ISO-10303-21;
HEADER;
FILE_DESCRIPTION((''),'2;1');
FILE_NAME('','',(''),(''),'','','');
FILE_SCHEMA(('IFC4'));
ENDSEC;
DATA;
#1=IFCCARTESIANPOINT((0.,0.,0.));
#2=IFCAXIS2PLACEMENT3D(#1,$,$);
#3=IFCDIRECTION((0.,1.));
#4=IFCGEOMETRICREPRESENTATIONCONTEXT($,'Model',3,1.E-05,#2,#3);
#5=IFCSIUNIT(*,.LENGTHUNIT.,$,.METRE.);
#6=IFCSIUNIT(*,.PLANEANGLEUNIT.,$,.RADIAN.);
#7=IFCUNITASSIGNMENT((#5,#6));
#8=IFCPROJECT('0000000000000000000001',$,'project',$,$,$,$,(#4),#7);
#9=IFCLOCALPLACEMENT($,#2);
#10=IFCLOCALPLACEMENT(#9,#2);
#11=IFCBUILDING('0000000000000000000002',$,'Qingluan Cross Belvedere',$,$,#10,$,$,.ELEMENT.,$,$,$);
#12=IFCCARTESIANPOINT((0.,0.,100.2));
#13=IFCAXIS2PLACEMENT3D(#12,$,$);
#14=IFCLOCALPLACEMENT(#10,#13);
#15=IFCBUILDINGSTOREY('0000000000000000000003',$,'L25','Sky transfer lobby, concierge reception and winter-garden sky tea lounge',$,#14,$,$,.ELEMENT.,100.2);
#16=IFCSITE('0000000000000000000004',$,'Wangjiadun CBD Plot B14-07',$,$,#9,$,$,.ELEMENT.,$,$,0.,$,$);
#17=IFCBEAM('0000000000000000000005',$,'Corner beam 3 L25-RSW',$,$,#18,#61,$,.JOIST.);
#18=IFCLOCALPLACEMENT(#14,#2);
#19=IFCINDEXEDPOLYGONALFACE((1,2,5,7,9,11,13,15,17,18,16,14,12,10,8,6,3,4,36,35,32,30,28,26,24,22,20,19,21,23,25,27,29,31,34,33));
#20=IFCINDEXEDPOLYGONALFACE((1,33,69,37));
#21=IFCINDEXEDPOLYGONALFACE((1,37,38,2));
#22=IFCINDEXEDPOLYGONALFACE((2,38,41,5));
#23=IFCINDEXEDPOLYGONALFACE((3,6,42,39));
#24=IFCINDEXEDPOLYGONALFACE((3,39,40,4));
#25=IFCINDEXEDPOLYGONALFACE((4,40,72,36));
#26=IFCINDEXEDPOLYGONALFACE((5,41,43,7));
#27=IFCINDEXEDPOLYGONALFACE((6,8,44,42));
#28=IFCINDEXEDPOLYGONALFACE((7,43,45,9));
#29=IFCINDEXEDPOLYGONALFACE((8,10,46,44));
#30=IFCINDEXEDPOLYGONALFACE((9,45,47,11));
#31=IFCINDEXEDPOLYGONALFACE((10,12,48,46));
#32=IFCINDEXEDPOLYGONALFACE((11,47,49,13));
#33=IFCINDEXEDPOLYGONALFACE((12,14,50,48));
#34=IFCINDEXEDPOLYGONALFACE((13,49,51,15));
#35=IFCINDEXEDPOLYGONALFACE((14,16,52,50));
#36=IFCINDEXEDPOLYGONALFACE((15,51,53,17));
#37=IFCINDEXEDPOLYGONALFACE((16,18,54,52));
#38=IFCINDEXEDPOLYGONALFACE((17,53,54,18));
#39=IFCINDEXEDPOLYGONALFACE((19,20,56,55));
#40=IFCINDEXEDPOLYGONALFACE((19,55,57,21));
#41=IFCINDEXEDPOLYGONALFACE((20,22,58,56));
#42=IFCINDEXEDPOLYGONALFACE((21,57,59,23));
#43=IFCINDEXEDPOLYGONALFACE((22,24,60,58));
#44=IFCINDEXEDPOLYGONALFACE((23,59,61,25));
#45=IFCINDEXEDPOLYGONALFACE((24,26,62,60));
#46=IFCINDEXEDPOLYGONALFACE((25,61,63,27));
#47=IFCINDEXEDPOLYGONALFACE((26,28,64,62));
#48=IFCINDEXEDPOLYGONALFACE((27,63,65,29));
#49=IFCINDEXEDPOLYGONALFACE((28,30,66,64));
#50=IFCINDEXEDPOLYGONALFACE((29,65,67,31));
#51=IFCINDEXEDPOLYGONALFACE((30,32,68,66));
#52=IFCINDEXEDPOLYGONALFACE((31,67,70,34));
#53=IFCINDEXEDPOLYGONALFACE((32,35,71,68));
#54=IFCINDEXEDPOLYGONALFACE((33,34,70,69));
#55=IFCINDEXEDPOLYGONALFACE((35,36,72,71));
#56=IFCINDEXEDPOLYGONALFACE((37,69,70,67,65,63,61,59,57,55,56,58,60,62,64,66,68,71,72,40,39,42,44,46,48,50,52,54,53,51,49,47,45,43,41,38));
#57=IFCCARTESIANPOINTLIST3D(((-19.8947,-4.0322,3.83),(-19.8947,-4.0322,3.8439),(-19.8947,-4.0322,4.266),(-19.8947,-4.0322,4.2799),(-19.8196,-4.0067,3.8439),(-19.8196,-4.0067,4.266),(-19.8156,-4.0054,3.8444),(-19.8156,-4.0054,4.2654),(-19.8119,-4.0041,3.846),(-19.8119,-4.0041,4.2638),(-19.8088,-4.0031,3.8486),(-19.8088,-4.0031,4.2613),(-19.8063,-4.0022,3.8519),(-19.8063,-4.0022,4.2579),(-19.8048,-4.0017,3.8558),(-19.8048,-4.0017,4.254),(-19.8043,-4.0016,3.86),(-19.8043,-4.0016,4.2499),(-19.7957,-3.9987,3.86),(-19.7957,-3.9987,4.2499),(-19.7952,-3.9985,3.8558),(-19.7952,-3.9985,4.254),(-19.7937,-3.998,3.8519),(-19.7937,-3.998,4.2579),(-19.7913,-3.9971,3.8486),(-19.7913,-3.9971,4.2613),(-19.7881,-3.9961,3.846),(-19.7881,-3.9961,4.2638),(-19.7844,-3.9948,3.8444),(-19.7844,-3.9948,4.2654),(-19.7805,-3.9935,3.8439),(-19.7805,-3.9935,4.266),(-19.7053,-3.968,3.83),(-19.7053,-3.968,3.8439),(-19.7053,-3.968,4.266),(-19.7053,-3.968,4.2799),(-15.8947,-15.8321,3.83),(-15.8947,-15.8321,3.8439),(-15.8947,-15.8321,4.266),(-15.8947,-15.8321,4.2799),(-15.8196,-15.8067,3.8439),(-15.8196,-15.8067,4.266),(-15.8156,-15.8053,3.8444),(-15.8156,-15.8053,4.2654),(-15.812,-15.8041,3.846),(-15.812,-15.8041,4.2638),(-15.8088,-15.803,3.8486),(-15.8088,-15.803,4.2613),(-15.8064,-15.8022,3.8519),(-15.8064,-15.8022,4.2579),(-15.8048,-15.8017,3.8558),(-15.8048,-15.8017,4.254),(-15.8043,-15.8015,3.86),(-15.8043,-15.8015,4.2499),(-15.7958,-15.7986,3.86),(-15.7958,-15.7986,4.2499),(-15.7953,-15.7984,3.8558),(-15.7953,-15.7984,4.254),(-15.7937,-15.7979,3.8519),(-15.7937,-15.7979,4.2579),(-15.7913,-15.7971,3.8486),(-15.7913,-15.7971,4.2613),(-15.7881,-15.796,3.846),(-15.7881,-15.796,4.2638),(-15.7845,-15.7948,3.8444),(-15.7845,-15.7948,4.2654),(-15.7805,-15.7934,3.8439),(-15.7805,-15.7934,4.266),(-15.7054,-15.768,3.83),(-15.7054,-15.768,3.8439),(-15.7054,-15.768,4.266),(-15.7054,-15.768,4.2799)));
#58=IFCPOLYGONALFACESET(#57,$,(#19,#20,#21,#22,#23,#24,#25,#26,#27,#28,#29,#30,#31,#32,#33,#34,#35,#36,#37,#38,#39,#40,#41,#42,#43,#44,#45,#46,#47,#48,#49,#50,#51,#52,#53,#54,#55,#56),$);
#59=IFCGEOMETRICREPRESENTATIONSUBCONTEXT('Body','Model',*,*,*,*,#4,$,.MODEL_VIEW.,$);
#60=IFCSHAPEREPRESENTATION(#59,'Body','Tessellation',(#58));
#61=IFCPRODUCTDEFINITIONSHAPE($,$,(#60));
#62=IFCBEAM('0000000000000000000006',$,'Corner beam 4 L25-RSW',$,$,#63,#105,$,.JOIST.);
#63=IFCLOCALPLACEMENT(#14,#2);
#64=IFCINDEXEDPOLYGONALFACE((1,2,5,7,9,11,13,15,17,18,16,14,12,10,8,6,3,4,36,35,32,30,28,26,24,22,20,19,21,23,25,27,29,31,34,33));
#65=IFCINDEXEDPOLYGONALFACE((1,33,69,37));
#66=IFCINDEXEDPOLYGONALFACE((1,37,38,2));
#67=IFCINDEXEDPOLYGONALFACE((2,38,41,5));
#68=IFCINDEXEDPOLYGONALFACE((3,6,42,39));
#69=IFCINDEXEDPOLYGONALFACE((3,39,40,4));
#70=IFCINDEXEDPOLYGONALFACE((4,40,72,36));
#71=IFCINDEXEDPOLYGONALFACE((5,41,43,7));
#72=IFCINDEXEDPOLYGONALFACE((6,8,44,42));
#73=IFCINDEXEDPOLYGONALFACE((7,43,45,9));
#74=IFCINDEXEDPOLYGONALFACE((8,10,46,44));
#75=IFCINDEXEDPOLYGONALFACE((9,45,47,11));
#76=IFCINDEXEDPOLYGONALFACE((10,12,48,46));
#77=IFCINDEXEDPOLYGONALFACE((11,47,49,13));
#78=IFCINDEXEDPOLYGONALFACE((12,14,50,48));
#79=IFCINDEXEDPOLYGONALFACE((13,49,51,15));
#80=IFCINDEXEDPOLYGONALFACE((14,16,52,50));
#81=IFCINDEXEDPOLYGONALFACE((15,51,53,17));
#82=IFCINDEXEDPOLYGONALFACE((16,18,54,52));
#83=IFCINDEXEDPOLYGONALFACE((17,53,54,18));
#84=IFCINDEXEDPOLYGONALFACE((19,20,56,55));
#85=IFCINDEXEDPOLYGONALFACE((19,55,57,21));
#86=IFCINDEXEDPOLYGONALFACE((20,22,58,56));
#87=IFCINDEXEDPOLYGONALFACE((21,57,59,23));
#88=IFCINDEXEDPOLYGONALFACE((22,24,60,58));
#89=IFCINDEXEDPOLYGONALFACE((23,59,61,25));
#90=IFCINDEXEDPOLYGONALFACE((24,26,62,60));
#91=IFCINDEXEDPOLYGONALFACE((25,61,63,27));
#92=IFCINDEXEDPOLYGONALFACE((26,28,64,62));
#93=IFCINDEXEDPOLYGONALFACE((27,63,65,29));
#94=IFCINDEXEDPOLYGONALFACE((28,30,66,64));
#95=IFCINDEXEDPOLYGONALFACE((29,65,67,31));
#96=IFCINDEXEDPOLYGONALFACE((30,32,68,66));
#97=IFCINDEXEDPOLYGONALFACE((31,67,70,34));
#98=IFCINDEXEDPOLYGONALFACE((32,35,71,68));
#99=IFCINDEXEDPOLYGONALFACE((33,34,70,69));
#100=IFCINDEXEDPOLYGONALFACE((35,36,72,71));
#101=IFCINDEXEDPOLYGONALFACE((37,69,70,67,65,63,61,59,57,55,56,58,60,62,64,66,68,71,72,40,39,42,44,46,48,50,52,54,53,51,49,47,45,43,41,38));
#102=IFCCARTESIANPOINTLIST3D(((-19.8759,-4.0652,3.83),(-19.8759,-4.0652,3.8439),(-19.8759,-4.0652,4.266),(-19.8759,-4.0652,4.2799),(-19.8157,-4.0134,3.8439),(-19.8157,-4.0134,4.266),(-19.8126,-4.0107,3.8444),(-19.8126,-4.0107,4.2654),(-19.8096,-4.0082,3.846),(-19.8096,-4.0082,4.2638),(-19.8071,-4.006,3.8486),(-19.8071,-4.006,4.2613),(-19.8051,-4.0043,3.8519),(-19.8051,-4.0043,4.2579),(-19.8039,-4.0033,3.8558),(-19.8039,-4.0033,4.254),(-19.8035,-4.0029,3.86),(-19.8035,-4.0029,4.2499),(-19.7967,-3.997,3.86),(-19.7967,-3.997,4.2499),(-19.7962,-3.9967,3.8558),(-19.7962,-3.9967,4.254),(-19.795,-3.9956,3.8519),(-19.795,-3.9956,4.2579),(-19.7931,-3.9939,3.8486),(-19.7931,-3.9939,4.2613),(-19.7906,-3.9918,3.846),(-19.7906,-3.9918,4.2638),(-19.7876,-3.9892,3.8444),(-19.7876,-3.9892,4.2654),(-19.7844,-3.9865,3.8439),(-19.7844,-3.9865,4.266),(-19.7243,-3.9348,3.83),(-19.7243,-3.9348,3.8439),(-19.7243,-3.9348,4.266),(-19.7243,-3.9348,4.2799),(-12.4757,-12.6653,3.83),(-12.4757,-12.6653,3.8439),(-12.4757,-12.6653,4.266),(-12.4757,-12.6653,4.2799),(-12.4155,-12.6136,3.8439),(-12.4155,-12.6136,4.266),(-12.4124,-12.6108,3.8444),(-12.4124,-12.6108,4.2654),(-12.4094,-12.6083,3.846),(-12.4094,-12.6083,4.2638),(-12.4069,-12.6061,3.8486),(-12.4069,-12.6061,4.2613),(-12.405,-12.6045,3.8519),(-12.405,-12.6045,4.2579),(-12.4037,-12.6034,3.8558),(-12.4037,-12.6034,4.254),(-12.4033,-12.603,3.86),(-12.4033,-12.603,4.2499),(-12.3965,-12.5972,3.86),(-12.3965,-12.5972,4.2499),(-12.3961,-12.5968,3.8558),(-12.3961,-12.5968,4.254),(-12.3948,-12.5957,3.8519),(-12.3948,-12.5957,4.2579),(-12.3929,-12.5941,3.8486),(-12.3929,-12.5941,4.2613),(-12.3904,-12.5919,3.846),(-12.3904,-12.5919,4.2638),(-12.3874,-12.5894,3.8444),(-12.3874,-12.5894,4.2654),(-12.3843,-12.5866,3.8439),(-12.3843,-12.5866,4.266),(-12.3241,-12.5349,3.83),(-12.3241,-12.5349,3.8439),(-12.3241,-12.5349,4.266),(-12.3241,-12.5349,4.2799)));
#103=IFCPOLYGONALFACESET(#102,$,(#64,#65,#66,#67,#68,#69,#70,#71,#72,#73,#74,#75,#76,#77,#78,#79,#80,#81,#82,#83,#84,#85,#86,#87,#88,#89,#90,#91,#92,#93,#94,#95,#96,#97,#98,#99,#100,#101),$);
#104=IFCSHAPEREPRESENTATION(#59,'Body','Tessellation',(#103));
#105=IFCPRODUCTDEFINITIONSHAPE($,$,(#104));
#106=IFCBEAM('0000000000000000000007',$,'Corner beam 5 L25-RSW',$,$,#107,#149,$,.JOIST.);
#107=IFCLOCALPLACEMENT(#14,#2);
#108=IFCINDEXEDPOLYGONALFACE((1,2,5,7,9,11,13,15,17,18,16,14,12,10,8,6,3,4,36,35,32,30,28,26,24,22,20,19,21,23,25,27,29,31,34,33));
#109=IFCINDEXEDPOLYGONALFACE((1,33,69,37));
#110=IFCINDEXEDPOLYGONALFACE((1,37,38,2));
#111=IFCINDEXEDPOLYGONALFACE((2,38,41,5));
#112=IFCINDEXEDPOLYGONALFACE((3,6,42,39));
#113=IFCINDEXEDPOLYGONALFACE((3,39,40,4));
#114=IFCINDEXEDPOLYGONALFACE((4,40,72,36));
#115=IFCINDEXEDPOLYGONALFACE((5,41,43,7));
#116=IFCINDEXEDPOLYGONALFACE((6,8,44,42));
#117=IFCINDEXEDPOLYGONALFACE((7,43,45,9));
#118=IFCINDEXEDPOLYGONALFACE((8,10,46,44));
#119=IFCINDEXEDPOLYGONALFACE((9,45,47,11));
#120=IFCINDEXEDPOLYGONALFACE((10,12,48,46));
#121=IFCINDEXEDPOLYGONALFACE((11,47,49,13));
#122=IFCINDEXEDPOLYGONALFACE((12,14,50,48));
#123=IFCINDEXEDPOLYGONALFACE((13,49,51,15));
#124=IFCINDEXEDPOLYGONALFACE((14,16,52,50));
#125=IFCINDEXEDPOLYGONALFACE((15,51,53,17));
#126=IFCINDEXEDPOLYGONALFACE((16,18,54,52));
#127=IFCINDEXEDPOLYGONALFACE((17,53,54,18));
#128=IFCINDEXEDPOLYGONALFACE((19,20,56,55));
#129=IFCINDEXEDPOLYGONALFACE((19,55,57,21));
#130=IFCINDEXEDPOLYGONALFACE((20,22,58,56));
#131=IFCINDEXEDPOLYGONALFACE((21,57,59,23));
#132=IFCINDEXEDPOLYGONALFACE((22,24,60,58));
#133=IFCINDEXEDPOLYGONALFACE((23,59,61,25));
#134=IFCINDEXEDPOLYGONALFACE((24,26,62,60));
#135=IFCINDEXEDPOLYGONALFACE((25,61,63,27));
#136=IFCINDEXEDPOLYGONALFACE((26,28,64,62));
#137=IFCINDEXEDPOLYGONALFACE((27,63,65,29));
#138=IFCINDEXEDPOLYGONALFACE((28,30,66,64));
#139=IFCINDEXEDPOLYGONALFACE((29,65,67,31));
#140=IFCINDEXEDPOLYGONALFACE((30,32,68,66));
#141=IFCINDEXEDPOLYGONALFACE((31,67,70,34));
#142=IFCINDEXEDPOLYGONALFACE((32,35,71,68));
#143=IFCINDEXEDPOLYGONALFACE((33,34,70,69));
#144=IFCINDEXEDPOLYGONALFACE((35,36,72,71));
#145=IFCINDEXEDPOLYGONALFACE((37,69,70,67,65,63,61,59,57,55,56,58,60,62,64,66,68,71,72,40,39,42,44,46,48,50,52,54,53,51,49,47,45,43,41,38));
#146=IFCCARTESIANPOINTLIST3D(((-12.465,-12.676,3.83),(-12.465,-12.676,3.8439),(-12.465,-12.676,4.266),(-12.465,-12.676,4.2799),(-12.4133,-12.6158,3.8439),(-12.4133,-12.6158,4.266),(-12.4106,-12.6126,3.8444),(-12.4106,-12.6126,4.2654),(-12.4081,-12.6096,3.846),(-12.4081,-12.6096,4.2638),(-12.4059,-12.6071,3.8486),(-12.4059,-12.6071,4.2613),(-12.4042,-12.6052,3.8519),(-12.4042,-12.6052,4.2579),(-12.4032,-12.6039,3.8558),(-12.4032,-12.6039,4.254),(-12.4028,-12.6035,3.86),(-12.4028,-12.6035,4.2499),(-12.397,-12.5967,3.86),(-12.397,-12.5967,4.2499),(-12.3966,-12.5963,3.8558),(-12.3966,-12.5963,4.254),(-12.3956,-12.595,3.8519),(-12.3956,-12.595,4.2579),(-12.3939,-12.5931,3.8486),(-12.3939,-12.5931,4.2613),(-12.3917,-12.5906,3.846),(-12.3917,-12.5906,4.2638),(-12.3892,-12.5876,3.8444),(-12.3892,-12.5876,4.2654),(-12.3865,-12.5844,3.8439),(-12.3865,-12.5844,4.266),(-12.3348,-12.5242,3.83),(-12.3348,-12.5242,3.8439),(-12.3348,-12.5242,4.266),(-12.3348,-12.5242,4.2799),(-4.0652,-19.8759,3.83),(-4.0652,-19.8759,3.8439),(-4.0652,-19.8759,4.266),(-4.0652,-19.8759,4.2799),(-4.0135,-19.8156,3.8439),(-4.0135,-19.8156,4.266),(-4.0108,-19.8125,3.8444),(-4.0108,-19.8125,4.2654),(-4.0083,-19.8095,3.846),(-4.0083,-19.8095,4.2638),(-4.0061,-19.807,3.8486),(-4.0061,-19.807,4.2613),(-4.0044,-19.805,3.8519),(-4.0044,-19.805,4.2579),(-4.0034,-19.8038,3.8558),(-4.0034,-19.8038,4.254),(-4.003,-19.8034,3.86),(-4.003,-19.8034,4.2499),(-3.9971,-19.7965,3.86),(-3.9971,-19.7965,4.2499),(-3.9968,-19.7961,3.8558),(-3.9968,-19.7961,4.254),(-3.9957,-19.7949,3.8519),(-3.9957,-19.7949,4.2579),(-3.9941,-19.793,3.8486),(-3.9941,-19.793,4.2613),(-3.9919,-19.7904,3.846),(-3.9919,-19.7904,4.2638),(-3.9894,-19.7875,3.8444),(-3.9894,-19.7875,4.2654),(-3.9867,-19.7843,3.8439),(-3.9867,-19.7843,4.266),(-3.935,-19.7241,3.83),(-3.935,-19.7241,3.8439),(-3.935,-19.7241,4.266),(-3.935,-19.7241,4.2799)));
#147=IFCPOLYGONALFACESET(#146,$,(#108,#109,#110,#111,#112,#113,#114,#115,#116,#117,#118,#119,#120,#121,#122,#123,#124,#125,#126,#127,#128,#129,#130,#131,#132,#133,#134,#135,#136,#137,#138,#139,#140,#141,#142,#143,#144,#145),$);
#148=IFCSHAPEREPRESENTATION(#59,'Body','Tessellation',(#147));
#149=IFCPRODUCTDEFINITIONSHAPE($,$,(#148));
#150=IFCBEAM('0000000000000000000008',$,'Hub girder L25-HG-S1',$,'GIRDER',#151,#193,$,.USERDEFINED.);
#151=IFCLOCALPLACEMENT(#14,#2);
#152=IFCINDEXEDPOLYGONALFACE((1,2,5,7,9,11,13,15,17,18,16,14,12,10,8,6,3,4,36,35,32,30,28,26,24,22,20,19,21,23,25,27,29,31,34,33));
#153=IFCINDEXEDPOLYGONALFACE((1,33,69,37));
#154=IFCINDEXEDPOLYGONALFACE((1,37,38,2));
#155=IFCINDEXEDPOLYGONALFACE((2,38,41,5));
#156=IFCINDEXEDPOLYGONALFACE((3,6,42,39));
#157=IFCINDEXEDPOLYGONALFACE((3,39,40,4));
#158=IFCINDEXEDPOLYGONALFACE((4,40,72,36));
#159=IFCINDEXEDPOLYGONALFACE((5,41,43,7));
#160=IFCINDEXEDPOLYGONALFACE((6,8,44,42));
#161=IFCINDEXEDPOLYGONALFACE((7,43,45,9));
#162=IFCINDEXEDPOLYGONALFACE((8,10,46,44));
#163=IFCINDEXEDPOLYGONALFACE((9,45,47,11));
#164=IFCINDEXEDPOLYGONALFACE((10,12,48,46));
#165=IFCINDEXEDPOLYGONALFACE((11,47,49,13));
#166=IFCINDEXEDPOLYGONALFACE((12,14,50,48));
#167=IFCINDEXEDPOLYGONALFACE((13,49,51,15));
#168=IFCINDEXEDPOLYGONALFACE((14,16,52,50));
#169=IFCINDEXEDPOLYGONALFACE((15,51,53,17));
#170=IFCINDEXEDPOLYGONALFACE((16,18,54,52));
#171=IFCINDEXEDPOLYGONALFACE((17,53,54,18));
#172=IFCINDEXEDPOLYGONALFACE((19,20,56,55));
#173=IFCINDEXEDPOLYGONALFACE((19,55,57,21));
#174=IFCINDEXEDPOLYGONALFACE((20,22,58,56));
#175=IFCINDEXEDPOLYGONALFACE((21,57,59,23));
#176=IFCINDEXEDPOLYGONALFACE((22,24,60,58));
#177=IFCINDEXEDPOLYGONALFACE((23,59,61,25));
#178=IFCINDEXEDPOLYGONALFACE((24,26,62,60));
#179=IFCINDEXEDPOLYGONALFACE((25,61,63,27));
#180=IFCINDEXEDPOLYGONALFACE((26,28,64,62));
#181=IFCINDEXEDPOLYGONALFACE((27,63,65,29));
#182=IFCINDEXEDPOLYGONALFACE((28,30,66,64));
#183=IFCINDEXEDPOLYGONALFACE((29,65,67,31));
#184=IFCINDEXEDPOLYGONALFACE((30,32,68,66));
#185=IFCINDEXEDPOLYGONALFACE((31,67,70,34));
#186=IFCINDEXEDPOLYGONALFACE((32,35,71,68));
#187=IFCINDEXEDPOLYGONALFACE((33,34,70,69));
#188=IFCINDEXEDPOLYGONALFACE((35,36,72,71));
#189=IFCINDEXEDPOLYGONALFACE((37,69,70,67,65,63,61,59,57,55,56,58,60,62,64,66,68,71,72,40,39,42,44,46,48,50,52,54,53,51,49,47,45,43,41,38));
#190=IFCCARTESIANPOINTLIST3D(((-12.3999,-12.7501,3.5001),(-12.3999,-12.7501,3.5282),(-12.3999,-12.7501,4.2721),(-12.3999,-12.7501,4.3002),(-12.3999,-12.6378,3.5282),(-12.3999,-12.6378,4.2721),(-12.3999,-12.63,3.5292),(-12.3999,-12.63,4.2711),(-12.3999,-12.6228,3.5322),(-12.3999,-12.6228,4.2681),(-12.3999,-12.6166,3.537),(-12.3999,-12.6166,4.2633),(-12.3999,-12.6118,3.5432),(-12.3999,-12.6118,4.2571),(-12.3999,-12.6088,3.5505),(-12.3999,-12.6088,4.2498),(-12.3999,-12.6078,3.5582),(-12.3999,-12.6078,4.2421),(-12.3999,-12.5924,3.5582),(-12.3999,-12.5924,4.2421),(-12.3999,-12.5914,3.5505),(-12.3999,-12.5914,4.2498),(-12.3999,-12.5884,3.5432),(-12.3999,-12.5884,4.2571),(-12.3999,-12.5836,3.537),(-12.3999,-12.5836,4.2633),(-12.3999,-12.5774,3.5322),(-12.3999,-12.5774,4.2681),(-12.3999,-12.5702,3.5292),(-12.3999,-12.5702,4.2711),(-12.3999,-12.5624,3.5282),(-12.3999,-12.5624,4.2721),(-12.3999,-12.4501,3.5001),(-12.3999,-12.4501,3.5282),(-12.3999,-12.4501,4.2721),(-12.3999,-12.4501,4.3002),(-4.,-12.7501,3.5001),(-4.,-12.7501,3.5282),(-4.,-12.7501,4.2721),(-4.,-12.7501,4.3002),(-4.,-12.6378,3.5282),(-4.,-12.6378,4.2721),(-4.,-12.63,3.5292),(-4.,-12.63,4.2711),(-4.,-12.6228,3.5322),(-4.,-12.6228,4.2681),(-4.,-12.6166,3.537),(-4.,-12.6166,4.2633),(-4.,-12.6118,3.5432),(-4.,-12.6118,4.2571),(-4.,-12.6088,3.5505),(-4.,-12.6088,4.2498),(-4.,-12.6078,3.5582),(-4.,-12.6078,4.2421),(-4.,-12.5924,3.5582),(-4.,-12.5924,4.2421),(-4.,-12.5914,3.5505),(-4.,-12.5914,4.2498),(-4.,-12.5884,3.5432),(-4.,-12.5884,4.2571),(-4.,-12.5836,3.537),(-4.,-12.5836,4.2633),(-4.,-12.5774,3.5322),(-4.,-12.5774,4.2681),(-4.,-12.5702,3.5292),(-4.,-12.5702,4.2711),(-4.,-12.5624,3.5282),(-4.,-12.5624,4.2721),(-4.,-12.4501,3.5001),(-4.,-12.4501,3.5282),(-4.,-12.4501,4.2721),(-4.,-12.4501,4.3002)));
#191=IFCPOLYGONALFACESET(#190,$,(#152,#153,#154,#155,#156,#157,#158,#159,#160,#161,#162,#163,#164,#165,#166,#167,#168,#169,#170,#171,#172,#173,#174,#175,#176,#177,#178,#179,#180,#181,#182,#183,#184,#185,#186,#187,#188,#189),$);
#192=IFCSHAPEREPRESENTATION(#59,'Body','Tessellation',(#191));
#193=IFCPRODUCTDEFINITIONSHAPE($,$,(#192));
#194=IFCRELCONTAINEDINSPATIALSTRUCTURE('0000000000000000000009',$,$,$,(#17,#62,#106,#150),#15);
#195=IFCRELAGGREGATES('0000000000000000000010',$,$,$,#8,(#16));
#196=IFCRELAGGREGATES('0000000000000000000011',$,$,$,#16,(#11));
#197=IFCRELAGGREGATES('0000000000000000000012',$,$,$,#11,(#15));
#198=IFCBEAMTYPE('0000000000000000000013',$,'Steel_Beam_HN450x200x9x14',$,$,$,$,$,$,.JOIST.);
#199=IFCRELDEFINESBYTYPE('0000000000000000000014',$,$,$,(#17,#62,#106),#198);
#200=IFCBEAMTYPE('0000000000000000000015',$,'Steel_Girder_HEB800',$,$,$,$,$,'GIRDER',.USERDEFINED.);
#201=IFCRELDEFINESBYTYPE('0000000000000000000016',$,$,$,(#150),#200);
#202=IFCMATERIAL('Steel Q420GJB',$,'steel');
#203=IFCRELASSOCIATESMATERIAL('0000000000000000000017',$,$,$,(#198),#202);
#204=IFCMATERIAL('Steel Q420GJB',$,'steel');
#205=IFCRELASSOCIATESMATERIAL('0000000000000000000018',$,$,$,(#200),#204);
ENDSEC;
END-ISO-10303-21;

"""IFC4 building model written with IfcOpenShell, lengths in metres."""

from ifc_helpers import new_model, si_unit, direction, frame, origin, origin_2d, place, context, subcontext, project, spatial, i_section, extrude, material, material_profile, profile_set, type_object, element, save


model = new_model("IFC4")

# Units and contexts
model_context = context("Model", 3, precision=1e-05, world=origin(), true_north=direction((0.0, 1.0)))
body_context = subcontext(model_context, "Body", "Model", "MODEL_VIEW")
ifc_project = project(units=[si_unit("LENGTHUNIT", "METRE"), si_unit("PLANEANGLEUNIT", "RADIAN")], contexts=[model_context])

# Site, building, storey
site_placement = place(None, origin())
site = spatial("IfcSite", under=ifc_project, at=site_placement, Name="Wangjiadun CBD Plot B14-07", CompositionType="ELEMENT", RefElevation=0.0)
building_placement = place(site_placement, origin())
building = spatial("IfcBuilding", under=site, at=building_placement, Name="Qingluan Cross Belvedere", CompositionType="ELEMENT")
storey_placement = place(building_placement, frame((0.0, 0.0, 100.2)))
storey = spatial("IfcBuildingStorey", under=building, at=storey_placement, Name="L25", Description="Sky transfer lobby, concierge reception and winter-garden sky tea lounge", CompositionType="ELEMENT", Elevation=100.2)

# Beams
ifc_material_1 = material(Name="Steel Q420GJB", Category="steel")
ifc_material_profile_1 = material_profile(ifc_material_1, i_section(OverallWidth=0.2, OverallDepth=0.45, WebThickness=0.009, FlangeThickness=0.0139, FilletRadius=0.0161, at=origin_2d()), Name="HN450x200x9x14")
ifc_profile_set_1 = profile_set([ifc_material_profile_1], Name="Steel Q420GJB")
beam_type_1 = type_object("IfcBeamType", Name="Steel_Beam_HN450x200x9x14", PredefinedType="JOIST", material=ifc_profile_set_1)
for number, where, z_axis, x_axis, name in (
    (1, (-15.8, -15.8, 4.0549), (-0.321038, 0.947066, 0.0), (-0.947066, -0.321038, 0.0), "Corner beam 3 L25-RSW"),
):
    element("IfcBeam", number, at=place(storey_placement, frame(where, z_axis=z_axis, x_axis=x_axis)), inside=storey, type_object=beam_type_1, Name=name, PredefinedType="JOIST", context=body_context, shape_type="SweptSolid", body=[
        extrude(i_section(OverallWidth=0.2, OverallDepth=0.45, WebThickness=0.009, FlangeThickness=0.0139, FilletRadius=0.0161, at=origin_2d()), origin(), (0.0, 0.0, 1.0), 12.4595),
    ])
beam_1_placement = place(storey_placement, frame((-12.3999, -12.6001, 4.0549), z_axis=(-0.652245, 0.758008, 0.0), x_axis=(-0.758008, -0.652245, 0.0)))
element("IfcBeam", 2, at=beam_1_placement, inside=storey, type_object=beam_type_1, Name="Corner beam 4 L25-RSW", PredefinedType="JOIST", context=body_context, shape_type="SweptSolid", body=[
    extrude(i_section(OverallWidth=0.2, OverallDepth=0.45, WebThickness=0.009, FlangeThickness=0.0139, FilletRadius=0.0161, at=origin_2d()), origin(), (0.0, 0.0, 1.0), 11.3457),
])
beam_2_placement = place(storey_placement, frame((-12.3999, -12.6001, 4.0549), z_axis=(0.759255, -0.650793, 0.0), x_axis=(0.650793, 0.759255, 0.0)))
element("IfcBeam", 3, at=beam_2_placement, inside=storey, type_object=beam_type_1, Name="Corner beam 5 L25-RSW", PredefinedType="JOIST", context=body_context, shape_type="SweptSolid", body=[
    extrude(i_section(OverallWidth=0.2, OverallDepth=0.45, WebThickness=0.009, FlangeThickness=0.0139, FilletRadius=0.0161, at=origin_2d()), origin(), (0.0, 0.0, 1.0), 11.0632),
])
ifc_material_2 = material(Name="Steel Q420GJB", Category="steel")
ifc_material_profile_2 = material_profile(ifc_material_2, i_section(OverallWidth=0.3, OverallDepth=0.8, WebThickness=0.0154, FlangeThickness=0.0281, FilletRadius=0.03, at=origin_2d()), Name="HEB800")
ifc_profile_set_2 = profile_set([ifc_material_profile_2], Name="Steel Q420GJB")
beam_type_2 = type_object("IfcBeamType", Name="Steel_Girder_HEB800", ElementType="GIRDER", PredefinedType="USERDEFINED", material=ifc_profile_set_2)
beam_3_placement = place(storey_placement, frame((-12.3999, -12.6001, 3.9001), z_axis=(1.0, 0.0, 0.0), x_axis=(0.0, 1.0, 0.0)))
element("IfcBeam", 4, at=beam_3_placement, inside=storey, type_object=beam_type_2, Name="Hub girder L25-HG-S1", ObjectType="GIRDER", PredefinedType="USERDEFINED", context=body_context, shape_type="SweptSolid", body=[
    extrude(i_section(OverallWidth=0.3, OverallDepth=0.8, WebThickness=0.0154, FlangeThickness=0.0281, FilletRadius=0.03, at=origin_2d()), origin(), (0.0, 0.0, 1.0), 8.3999),
])

save(model, "model.ifc")
